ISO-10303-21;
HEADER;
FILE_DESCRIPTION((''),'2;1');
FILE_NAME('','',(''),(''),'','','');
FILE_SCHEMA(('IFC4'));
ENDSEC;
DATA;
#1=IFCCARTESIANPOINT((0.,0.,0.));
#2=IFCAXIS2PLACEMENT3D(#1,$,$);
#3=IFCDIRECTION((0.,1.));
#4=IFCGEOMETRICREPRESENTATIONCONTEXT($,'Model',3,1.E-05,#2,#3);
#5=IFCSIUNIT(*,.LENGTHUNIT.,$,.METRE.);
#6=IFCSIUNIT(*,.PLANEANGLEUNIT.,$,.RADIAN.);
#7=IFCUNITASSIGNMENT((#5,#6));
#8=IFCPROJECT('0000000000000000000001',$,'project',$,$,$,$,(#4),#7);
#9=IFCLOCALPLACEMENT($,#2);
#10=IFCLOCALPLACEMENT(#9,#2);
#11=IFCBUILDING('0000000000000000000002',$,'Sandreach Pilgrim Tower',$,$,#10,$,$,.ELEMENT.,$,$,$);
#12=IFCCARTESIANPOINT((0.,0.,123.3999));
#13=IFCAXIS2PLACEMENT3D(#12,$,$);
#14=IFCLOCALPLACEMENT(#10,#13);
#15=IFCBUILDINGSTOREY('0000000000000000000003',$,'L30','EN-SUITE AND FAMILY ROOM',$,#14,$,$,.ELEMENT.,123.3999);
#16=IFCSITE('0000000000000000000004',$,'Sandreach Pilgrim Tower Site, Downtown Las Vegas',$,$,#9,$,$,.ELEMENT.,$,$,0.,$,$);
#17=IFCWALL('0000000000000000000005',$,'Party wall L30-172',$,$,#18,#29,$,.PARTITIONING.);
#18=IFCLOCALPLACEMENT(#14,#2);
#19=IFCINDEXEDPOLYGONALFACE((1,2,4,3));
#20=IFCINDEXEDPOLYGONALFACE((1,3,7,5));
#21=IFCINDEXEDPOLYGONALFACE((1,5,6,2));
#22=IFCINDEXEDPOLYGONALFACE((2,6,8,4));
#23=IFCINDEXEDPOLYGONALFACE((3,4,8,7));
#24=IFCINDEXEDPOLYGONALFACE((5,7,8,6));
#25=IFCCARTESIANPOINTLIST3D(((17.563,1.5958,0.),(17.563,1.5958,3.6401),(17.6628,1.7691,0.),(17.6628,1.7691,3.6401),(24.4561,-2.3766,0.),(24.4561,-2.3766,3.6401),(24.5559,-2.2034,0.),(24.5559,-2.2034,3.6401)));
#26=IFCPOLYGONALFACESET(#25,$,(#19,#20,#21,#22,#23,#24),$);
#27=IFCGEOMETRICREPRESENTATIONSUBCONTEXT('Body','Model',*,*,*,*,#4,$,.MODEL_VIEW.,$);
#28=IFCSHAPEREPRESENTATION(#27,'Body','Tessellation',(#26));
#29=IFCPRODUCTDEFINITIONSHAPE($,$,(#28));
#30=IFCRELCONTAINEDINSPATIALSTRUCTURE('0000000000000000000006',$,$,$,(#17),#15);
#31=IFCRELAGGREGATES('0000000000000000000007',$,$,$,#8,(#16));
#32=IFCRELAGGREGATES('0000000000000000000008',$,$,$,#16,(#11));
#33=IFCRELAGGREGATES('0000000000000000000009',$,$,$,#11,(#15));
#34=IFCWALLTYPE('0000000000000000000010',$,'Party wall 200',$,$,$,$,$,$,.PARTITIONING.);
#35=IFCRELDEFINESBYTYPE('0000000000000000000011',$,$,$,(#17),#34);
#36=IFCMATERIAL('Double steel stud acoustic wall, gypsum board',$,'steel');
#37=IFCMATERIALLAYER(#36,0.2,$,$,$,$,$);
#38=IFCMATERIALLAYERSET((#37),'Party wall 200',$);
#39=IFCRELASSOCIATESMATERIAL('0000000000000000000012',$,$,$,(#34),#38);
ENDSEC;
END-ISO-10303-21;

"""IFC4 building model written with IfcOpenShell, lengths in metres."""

from ifc_helpers import new_model, si_unit, direction, frame, frame_2d, origin, place, context, subcontext, project, spatial, rectangle, extrude, material, layer, layer_set, type_object, element, save


model = new_model("IFC4")

# Units and contexts
model_context = context("Model", 3, precision=1e-05, world=origin(), true_north=direction((0.0, 1.0)))
body_context = subcontext(model_context, "Body", "Model", "MODEL_VIEW")
ifc_project = project(units=[si_unit("LENGTHUNIT", "METRE"), si_unit("PLANEANGLEUNIT", "RADIAN")], contexts=[model_context])

# Site, building, storey
site_placement = place(None, origin())
site = spatial("IfcSite", under=ifc_project, at=site_placement, Name="Sandreach Pilgrim Tower Site, Downtown Las Vegas", CompositionType="ELEMENT", RefElevation=0.0)
building_placement = place(site_placement, origin())
building = spatial("IfcBuilding", under=site, at=building_placement, Name="Sandreach Pilgrim Tower", CompositionType="ELEMENT")
storey_placement = place(building_placement, frame((0.0, 0.0, 123.3999)))
storey = spatial("IfcBuildingStorey", under=building, at=storey_placement, Name="L30", Description="EN-SUITE AND FAMILY ROOM", CompositionType="ELEMENT", Elevation=123.3999)

# Wall
ifc_material_1 = material(Name="Double steel stud acoustic wall, gypsum board", Category="steel")
ifc_layer_1 = layer(ifc_material_1, 0.2)
ifc_layer_set_1 = layer_set([ifc_layer_1], Name="Party wall 200")
wall_type_1 = type_object("IfcWallType", Name="Party wall 200", PredefinedType="PARTITIONING", material=ifc_layer_set_1)
wall_1_placement = place(storey_placement, frame((24.5061, -2.29, 0.0), z_axis=(0.0, 0.0, 1.0), x_axis=(-0.866423, 0.499312, 0.0)))
element("IfcWall", 1, at=wall_1_placement, inside=storey, type_object=wall_type_1, Name="Party wall L30-172", PredefinedType="PARTITIONING", context=body_context, shape_type="SweptSolid", body=[
    extrude(rectangle(XDim=7.9558, YDim=0.2, at=frame_2d((3.978, 0.0))), origin(), (0.0, 0.0, 1.0), 3.6401),
])

save(model, "model.ifc")
